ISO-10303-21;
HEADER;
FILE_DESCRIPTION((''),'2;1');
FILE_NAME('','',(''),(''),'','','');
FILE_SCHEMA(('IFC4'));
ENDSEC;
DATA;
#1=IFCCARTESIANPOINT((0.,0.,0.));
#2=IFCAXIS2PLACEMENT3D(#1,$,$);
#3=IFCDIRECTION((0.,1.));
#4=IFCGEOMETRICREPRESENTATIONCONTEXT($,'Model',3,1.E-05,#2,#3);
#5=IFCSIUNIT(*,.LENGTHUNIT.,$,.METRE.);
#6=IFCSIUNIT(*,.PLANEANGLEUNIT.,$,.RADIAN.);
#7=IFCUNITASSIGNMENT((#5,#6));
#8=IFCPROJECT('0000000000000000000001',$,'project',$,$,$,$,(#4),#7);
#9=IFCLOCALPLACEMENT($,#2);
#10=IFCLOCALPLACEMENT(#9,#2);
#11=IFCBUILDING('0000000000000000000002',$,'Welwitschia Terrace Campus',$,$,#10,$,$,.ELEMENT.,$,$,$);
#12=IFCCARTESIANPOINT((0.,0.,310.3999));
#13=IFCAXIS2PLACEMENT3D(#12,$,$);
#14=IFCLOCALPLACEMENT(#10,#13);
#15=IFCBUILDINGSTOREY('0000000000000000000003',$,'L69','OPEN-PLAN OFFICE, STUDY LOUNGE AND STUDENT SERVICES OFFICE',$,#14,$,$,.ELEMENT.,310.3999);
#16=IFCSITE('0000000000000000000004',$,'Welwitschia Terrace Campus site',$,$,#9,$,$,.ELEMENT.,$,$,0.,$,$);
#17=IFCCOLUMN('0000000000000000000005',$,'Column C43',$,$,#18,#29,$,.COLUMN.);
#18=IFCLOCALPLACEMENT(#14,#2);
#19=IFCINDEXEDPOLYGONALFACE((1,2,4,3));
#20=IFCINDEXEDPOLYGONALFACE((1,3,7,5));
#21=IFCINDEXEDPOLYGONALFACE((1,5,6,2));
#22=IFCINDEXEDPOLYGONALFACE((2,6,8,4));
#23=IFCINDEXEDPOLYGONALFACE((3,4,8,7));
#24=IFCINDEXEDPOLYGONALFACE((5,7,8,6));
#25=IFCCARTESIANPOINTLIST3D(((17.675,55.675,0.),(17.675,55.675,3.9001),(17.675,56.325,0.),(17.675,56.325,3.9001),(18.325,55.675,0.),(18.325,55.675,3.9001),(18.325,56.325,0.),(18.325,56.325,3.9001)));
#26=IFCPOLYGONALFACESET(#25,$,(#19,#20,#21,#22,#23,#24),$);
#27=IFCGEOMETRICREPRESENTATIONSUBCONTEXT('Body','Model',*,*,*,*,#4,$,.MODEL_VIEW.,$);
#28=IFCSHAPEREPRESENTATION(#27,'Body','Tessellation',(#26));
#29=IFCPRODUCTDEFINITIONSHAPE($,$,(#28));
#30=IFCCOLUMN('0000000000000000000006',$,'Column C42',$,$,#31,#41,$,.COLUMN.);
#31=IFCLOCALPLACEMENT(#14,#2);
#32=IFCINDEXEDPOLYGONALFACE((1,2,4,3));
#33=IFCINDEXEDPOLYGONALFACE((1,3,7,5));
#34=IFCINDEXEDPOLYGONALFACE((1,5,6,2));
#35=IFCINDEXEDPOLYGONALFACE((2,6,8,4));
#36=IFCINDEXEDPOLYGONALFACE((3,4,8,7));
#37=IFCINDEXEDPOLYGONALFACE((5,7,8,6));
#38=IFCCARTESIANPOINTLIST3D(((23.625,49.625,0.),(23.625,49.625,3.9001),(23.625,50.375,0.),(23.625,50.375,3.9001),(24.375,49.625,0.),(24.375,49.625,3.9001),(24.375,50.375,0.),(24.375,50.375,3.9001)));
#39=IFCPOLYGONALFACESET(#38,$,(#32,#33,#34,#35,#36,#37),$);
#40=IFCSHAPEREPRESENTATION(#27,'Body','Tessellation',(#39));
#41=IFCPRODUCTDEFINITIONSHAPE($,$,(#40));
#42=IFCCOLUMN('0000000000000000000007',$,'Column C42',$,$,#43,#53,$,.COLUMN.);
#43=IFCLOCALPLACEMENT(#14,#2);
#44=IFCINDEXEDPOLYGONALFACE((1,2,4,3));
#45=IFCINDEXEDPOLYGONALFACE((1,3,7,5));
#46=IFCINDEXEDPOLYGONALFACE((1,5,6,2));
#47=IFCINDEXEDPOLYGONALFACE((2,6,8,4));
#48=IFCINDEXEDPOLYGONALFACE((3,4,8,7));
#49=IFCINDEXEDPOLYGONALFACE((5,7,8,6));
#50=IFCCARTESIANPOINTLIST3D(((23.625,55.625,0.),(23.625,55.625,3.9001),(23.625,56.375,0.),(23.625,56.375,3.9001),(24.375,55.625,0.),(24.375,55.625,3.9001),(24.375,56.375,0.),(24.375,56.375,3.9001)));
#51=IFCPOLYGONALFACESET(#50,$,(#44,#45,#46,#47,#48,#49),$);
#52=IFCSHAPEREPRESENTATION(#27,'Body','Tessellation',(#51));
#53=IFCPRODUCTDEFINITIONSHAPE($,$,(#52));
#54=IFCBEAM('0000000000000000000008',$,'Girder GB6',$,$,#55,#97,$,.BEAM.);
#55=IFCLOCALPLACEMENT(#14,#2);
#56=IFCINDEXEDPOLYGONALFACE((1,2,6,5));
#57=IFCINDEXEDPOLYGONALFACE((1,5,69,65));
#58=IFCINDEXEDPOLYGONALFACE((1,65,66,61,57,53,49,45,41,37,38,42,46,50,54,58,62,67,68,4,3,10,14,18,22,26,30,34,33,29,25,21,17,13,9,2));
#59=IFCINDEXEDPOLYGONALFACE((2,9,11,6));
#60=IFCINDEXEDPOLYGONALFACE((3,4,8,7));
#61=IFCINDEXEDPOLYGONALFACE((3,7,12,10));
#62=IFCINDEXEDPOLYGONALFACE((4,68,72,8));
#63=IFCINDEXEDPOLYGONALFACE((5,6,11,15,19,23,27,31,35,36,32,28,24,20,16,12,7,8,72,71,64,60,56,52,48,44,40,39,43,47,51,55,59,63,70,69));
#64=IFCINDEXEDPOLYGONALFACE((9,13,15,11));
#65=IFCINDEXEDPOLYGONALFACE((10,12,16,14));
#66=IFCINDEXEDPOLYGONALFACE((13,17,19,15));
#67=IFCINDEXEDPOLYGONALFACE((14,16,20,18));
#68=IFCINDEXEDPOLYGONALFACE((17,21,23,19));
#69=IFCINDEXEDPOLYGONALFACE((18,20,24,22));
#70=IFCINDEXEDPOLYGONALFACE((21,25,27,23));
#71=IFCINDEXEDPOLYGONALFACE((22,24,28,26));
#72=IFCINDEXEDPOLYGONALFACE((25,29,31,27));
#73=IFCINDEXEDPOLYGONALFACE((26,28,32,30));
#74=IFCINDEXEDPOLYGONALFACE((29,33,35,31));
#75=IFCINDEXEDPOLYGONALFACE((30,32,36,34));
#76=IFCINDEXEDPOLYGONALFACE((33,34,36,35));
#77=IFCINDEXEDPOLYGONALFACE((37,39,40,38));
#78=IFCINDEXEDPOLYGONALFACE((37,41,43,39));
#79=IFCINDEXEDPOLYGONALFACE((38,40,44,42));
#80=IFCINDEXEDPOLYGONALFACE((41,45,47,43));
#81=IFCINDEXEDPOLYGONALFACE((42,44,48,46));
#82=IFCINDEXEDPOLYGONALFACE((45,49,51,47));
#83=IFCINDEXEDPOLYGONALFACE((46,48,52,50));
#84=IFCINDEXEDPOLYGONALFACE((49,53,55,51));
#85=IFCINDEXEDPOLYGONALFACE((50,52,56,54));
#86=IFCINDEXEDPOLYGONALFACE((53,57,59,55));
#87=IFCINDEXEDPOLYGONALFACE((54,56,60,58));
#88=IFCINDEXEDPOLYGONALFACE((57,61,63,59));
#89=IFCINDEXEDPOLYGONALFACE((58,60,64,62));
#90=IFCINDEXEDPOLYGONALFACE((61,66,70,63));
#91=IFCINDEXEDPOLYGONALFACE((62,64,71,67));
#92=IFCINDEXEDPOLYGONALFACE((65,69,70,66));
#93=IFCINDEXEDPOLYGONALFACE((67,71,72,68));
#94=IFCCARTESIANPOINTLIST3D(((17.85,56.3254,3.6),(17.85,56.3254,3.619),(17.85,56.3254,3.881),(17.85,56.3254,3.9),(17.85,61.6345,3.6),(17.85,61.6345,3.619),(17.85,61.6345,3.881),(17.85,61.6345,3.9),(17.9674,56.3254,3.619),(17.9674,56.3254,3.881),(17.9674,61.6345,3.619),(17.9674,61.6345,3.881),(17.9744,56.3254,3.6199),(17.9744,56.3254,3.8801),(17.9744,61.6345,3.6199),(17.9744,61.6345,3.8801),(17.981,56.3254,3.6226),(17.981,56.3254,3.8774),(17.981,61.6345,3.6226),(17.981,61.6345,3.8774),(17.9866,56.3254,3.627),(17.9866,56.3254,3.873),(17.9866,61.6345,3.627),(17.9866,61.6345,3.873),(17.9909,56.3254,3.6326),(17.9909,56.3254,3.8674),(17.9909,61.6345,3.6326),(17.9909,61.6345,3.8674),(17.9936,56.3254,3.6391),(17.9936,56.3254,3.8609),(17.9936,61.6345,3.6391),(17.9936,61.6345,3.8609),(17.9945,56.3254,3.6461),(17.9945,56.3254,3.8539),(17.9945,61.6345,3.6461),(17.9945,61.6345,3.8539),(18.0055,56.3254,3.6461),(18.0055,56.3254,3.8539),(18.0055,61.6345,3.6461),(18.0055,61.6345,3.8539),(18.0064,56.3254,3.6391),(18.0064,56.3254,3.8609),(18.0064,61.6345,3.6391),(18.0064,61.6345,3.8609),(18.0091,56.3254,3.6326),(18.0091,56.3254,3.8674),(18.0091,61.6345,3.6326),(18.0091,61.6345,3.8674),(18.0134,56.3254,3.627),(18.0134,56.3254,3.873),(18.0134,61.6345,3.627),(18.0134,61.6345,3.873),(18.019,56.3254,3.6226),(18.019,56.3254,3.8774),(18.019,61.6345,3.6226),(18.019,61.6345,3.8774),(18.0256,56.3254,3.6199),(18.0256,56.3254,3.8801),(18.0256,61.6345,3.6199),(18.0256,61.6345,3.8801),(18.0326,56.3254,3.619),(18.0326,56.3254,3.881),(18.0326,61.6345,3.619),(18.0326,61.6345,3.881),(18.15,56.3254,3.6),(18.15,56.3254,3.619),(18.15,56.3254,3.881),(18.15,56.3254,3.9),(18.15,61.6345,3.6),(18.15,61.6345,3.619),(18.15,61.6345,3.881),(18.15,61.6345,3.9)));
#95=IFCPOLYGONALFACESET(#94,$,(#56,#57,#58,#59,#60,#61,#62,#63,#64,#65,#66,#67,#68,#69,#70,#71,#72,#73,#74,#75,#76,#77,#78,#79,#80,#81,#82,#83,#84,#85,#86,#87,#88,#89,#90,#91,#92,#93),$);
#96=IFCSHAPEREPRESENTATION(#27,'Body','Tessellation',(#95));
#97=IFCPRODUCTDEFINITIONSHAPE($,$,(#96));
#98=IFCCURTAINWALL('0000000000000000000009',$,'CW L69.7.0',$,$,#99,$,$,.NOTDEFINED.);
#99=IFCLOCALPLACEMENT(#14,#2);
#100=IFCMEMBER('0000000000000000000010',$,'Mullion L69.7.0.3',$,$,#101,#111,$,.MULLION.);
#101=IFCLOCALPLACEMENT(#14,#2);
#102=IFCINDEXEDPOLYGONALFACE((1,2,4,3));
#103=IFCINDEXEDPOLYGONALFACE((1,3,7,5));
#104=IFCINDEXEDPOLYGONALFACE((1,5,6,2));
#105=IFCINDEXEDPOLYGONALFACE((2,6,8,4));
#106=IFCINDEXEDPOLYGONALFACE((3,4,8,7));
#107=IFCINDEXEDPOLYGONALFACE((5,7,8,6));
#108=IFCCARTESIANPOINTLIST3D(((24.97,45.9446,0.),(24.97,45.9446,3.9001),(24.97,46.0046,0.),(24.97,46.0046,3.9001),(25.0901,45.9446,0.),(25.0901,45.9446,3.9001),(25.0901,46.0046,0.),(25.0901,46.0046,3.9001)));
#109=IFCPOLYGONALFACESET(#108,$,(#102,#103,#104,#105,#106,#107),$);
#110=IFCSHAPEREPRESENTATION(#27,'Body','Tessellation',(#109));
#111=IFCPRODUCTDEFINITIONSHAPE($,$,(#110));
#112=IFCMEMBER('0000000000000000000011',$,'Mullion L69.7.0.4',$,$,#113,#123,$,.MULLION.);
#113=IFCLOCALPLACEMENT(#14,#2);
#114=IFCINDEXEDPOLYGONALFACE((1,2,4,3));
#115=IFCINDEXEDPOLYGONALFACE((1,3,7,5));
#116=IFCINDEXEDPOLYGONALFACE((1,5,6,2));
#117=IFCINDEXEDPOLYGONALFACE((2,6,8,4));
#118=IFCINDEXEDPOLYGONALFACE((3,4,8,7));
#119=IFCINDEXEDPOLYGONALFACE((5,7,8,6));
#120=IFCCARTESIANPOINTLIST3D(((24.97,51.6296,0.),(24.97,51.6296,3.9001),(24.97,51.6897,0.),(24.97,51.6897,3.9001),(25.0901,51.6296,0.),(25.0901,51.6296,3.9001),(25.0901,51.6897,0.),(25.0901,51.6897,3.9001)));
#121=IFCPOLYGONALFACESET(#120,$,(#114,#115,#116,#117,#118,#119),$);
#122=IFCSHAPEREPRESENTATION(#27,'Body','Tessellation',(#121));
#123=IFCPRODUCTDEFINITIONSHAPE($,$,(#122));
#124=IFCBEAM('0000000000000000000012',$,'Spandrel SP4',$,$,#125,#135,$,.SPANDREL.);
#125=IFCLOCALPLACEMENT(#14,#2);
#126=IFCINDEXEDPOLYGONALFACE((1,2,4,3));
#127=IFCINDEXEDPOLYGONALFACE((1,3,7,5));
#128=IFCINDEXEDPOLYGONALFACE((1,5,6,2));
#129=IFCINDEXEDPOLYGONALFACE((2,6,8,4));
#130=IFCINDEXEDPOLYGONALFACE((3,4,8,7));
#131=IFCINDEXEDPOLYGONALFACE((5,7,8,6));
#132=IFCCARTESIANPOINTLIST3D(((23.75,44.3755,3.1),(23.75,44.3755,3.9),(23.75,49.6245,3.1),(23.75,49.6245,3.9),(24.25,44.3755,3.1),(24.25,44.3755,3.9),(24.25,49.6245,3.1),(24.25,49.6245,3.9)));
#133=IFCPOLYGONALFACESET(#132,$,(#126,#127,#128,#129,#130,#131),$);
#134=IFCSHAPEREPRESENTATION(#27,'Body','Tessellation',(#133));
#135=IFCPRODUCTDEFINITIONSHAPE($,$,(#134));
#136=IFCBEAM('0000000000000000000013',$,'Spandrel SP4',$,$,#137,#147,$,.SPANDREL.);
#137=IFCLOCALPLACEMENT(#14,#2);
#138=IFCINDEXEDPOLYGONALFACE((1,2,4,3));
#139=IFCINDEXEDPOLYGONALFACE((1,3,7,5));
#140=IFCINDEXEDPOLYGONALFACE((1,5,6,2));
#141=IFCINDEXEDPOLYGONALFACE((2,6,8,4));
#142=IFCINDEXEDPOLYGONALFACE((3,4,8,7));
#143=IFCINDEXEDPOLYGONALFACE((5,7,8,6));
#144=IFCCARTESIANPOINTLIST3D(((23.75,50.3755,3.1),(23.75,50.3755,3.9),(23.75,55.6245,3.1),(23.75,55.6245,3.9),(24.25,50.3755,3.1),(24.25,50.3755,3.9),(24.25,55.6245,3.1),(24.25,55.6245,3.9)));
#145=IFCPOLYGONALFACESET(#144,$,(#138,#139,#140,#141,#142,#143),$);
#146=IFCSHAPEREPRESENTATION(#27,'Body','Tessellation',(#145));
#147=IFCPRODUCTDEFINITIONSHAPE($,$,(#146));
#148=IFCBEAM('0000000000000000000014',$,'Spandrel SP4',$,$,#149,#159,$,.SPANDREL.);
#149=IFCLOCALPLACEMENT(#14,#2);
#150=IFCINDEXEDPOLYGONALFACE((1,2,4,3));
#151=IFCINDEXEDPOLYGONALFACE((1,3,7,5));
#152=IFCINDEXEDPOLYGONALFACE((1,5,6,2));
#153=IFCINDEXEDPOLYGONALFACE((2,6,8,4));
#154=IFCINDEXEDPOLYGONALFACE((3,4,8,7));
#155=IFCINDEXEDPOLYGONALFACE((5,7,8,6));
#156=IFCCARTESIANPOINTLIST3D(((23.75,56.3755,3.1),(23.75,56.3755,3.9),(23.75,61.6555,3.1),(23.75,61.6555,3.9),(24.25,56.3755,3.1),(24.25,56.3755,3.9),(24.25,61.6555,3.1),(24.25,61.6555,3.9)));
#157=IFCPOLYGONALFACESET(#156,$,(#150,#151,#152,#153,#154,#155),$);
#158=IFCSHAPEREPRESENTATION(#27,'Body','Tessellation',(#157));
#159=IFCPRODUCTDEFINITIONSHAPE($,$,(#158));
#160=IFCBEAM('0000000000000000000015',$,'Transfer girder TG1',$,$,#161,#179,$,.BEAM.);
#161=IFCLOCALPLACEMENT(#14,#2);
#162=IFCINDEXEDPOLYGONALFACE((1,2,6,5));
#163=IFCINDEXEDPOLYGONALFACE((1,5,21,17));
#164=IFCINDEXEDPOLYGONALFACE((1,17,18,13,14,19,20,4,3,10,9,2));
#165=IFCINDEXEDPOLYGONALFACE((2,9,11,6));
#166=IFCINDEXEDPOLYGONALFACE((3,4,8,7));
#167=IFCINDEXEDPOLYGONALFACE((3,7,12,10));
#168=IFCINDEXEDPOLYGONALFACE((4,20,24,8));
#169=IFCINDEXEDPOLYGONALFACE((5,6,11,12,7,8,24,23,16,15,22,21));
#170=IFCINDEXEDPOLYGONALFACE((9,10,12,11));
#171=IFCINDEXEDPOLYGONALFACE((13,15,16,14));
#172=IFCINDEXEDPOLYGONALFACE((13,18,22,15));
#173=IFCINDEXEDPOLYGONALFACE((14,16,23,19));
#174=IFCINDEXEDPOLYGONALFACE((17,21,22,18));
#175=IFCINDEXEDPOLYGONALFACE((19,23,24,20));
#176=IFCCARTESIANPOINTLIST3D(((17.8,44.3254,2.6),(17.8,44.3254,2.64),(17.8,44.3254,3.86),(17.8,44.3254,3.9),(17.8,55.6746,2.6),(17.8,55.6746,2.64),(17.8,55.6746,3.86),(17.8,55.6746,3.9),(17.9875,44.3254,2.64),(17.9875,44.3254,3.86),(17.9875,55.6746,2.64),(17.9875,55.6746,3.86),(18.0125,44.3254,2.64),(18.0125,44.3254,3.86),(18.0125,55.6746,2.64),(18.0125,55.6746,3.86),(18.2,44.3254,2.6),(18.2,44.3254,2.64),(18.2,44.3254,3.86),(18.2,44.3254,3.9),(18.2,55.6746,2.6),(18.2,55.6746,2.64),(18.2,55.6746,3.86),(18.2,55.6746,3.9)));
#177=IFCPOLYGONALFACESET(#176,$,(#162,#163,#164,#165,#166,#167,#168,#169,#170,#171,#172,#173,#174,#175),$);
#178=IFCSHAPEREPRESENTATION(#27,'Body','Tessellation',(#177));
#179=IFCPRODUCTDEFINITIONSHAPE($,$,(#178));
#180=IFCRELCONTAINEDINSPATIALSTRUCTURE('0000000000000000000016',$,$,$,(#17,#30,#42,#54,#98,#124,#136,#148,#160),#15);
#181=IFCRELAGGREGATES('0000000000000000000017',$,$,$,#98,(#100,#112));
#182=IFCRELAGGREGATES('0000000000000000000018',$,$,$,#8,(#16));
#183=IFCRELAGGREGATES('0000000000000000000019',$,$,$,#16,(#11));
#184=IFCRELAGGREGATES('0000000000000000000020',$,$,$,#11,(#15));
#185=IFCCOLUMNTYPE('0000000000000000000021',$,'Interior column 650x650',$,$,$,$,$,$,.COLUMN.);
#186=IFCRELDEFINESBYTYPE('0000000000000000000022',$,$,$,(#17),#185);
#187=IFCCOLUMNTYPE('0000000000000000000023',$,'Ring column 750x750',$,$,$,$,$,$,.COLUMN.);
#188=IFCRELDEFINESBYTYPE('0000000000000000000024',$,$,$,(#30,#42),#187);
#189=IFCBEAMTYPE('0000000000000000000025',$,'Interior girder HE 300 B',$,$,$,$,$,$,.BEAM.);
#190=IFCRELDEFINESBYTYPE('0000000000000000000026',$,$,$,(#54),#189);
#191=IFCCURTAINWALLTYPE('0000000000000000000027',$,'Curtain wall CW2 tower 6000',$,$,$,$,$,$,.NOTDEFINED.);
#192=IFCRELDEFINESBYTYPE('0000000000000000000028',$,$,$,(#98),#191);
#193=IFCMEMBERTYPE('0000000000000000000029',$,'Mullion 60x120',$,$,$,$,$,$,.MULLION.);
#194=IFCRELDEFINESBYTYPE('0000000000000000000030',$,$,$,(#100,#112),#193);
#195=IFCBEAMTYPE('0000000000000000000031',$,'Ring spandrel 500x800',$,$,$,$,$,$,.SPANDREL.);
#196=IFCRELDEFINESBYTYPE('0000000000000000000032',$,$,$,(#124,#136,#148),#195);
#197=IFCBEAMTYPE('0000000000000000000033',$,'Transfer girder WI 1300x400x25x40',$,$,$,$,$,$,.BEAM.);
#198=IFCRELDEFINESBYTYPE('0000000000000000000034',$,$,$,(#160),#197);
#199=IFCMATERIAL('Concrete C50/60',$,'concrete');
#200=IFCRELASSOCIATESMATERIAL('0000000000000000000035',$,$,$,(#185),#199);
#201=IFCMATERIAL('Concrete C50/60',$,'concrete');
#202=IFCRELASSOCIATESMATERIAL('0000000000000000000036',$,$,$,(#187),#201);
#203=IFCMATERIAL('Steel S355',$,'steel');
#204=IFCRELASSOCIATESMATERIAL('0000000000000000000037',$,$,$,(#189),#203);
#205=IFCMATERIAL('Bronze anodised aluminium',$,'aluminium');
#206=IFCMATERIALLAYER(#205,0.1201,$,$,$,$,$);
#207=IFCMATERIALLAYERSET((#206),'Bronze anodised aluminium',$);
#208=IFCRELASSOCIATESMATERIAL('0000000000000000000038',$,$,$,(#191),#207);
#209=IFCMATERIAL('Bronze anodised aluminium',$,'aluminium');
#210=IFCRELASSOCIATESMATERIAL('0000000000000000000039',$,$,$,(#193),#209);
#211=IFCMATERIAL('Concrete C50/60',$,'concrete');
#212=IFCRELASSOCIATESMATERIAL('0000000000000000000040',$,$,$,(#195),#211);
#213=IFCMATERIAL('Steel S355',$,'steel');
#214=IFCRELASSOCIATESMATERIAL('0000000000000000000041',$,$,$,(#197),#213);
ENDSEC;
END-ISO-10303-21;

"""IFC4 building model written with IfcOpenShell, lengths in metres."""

from ifc_helpers import new_model, si_unit, direction, frame, origin, origin_2d, place, context, subcontext, project, spatial, rectangle, i_section, extrude, material, layer, layer_set, material_profile, profile_set, type_object, element, aggregate, save


model = new_model("IFC4")

# Units and contexts
model_context = context("Model", 3, precision=1e-05, world=origin(), true_north=direction((0.0, 1.0)))
body_context = subcontext(model_context, "Body", "Model", "MODEL_VIEW")
ifc_project = project(units=[si_unit("LENGTHUNIT", "METRE"), si_unit("PLANEANGLEUNIT", "RADIAN")], contexts=[model_context])

# Site, building, storey
site_placement = place(None, origin())
site = spatial("IfcSite", under=ifc_project, at=site_placement, Name="Welwitschia Terrace Campus site", CompositionType="ELEMENT", RefElevation=0.0)
building_placement = place(site_placement, origin())
building = spatial("IfcBuilding", under=site, at=building_placement, Name="Welwitschia Terrace Campus", CompositionType="ELEMENT")
storey_placement = place(building_placement, frame((0.0, 0.0, 310.3999)))
storey = spatial("IfcBuildingStorey", under=building, at=storey_placement, Name="L69", Description="OPEN-PLAN OFFICE, STUDY LOUNGE AND STUDENT SERVICES OFFICE", CompositionType="ELEMENT", Elevation=310.3999)

# Columns
ifc_material_1 = material(Name="Concrete C50/60", Category="concrete")
ifc_material_profile_1 = material_profile(ifc_material_1, rectangle(XDim=0.6499, YDim=0.6499, at=origin_2d()))
ifc_profile_set_1 = profile_set([ifc_material_profile_1], Name="Concrete C50/60")
column_type_1 = type_object("IfcColumnType", Name="Interior column 650x650", PredefinedType="COLUMN", material=ifc_profile_set_1)
column_placement = place(storey_placement, frame((18.0, 56.0, 0.0), z_axis=(0.0, 0.0, 1.0), x_axis=(1.0, 0.0, 0.0)))
element("IfcColumn", 1, at=column_placement, inside=storey, type_object=column_type_1, Name="Column C43", PredefinedType="COLUMN", context=body_context, shape_type="SweptSolid", body=[
    extrude(rectangle(XDim=0.6499, YDim=0.6499, at=origin_2d()), origin(), (0.0, 0.0, 1.0), 3.9001),
])
ifc_material_2 = material(Name="Concrete C50/60", Category="concrete")
ifc_material_profile_2 = material_profile(ifc_material_2, rectangle(XDim=0.75, YDim=0.75, at=origin_2d()))
ifc_profile_set_2 = profile_set([ifc_material_profile_2], Name="Concrete C50/60")
column_type_2 = type_object("IfcColumnType", Name="Ring column 750x750", PredefinedType="COLUMN", material=ifc_profile_set_2)
for number, where, z_axis, x_axis, name in (
    (2, (24.0, 50.0, 0.0), (0.0, 0.0, 1.0), (1.0, 0.0, 0.0), "Column C42"),
    (3, (24.0, 56.0, 0.0), (0.0, 0.0, 1.0), (1.0, 0.0, 0.0), "Column C42"),
):
    element("IfcColumn", number, at=place(storey_placement, frame(where, z_axis=z_axis, x_axis=x_axis)), inside=storey, type_object=column_type_2, Name=name, PredefinedType="COLUMN", context=body_context, shape_type="SweptSolid", body=[
        extrude(rectangle(XDim=0.75, YDim=0.75, at=origin_2d()), origin(), (0.0, 0.0, 1.0), 3.9001),
    ])

# Beam
ifc_material_3 = material(Name="Steel S355", Category="steel")
ifc_material_profile_3 = material_profile(ifc_material_3, i_section(OverallWidth=0.3, OverallDepth=0.3, WebThickness=0.011, FlangeThickness=0.019, FilletRadius=0.0271, at=origin_2d()))
ifc_profile_set_3 = profile_set([ifc_material_profile_3], Name="Steel S355")
beam_type_1 = type_object("IfcBeamType", Name="Interior girder HE 300 B", PredefinedType="BEAM", material=ifc_profile_set_3)
beam_1_placement = place(storey_placement, frame((18.0, 56.3254, 3.75), z_axis=(0.0, 1.0, 0.0), x_axis=(-1.0, 0.0, 0.0)))
element("IfcBeam", 4, at=beam_1_placement, inside=storey, type_object=beam_type_1, Name="Girder GB6", PredefinedType="BEAM", context=body_context, shape_type="SweptSolid", body=[
    extrude(i_section(OverallWidth=0.3, OverallDepth=0.3, WebThickness=0.011, FlangeThickness=0.019, FilletRadius=0.0271, at=origin_2d()), origin(), (0.0, 0.0, 1.0), 5.3091),
])

# Curtain wall, members
ifc_material_4 = material(Name="Bronze anodised aluminium", Category="aluminium")
ifc_layer_1 = layer(ifc_material_4, 0.1201)
ifc_layer_set_1 = layer_set([ifc_layer_1], Name="Bronze anodised aluminium")
curtain_wall_type = type_object("IfcCurtainWallType", Name="Curtain wall CW2 tower 6000", PredefinedType="NOTDEFINED", material=ifc_layer_set_1)
curtain_wall_placement = place(storey_placement, origin())
curtain_wall = element("IfcCurtainWall", 5, at=curtain_wall_placement, inside=storey, type_object=curtain_wall_type, Name="CW L69.7.0", PredefinedType="NOTDEFINED")
ifc_material_5 = material(Name="Bronze anodised aluminium", Category="aluminium")
ifc_material_profile_4 = material_profile(ifc_material_5, rectangle(XDim=0.1201, YDim=0.0601, at=origin_2d()))
ifc_profile_set_4 = profile_set([ifc_material_profile_4], Name="Bronze anodised aluminium")
member_type = type_object("IfcMemberType", Name="Mullion 60x120", PredefinedType="MULLION", material=ifc_profile_set_4)
member_1_placement = place(storey_placement, frame((25.03, 45.9746, 0.0), z_axis=(0.0, 0.0, 1.0), x_axis=(-1.0, 0.0, 0.0)))
member_1 = element("IfcMember", 6, at=member_1_placement, type_object=member_type, Name="Mullion L69.7.0.3", PredefinedType="MULLION", context=body_context, shape_type="SweptSolid", body=[
    extrude(rectangle(XDim=0.1201, YDim=0.0601, at=origin_2d()), origin(), (0.0, 0.0, 1.0), 3.9001),
])
member_2_placement = place(storey_placement, frame((25.03, 51.6597, 0.0), z_axis=(0.0, 0.0, 1.0), x_axis=(-1.0, 0.0, 0.0)))
member_2 = element("IfcMember", 7, at=member_2_placement, type_object=member_type, Name="Mullion L69.7.0.4", PredefinedType="MULLION", context=body_context, shape_type="SweptSolid", body=[
    extrude(rectangle(XDim=0.1201, YDim=0.0601, at=origin_2d()), origin(), (0.0, 0.0, 1.0), 3.9001),
])

# Beams
ifc_material_6 = material(Name="Concrete C50/60", Category="concrete")
ifc_material_profile_5 = material_profile(ifc_material_6, rectangle(XDim=0.5, YDim=0.8, at=origin_2d()))
ifc_profile_set_5 = profile_set([ifc_material_profile_5], Name="Concrete C50/60")
beam_type_2 = type_object("IfcBeamType", Name="Ring spandrel 500x800", PredefinedType="SPANDREL", material=ifc_profile_set_5)
for number, where, z_axis, x_axis, name in (
    (8, (24.0, 44.3755, 3.5), (0.0, 1.0, 0.0), (-1.0, 0.0, 0.0), "Spandrel SP4"),
    (9, (24.0, 50.3755, 3.5), (0.0, 1.0, 0.0), (-1.0, 0.0, 0.0), "Spandrel SP4"),
):
    element("IfcBeam", number, at=place(storey_placement, frame(where, z_axis=z_axis, x_axis=x_axis)), inside=storey, type_object=beam_type_2, Name=name, PredefinedType="SPANDREL", context=body_context, shape_type="SweptSolid", body=[
        extrude(rectangle(XDim=0.5, YDim=0.8, at=origin_2d()), origin(), (0.0, 0.0, 1.0), 5.249),
    ])
beam_2_placement = place(storey_placement, frame((24.0, 56.3755, 3.5), z_axis=(0.0, 1.0, 0.0), x_axis=(-1.0, 0.0, 0.0)))
element("IfcBeam", 10, at=beam_2_placement, inside=storey, type_object=beam_type_2, Name="Spandrel SP4", PredefinedType="SPANDREL", context=body_context, shape_type="SweptSolid", body=[
    extrude(rectangle(XDim=0.5, YDim=0.8, at=origin_2d()), origin(), (0.0, 0.0, 1.0), 5.28),
])
ifc_material_7 = material(Name="Steel S355", Category="steel")
ifc_material_profile_6 = material_profile(ifc_material_7, i_section(OverallWidth=0.3999, OverallDepth=1.3, WebThickness=0.0249, FlangeThickness=0.04, at=origin_2d()))
ifc_profile_set_6 = profile_set([ifc_material_profile_6], Name="Steel S355")
beam_type_3 = type_object("IfcBeamType", Name="Transfer girder WI 1300x400x25x40", PredefinedType="BEAM", material=ifc_profile_set_6)
beam_3_placement = place(storey_placement, frame((18.0, 44.3254, 3.25), z_axis=(0.0, 1.0, 0.0), x_axis=(-1.0, 0.0, 0.0)))
element("IfcBeam", 11, at=beam_3_placement, inside=storey, type_object=beam_type_3, Name="Transfer girder TG1", PredefinedType="BEAM", context=body_context, shape_type="SweptSolid", body=[
    extrude(i_section(OverallWidth=0.3999, OverallDepth=1.3, WebThickness=0.0249, FlangeThickness=0.04, at=origin_2d()), origin(), (0.0, 0.0, 1.0), 11.3491),
])

aggregate(curtain_wall, [member_1, member_2])

save(model, "model.ifc")
